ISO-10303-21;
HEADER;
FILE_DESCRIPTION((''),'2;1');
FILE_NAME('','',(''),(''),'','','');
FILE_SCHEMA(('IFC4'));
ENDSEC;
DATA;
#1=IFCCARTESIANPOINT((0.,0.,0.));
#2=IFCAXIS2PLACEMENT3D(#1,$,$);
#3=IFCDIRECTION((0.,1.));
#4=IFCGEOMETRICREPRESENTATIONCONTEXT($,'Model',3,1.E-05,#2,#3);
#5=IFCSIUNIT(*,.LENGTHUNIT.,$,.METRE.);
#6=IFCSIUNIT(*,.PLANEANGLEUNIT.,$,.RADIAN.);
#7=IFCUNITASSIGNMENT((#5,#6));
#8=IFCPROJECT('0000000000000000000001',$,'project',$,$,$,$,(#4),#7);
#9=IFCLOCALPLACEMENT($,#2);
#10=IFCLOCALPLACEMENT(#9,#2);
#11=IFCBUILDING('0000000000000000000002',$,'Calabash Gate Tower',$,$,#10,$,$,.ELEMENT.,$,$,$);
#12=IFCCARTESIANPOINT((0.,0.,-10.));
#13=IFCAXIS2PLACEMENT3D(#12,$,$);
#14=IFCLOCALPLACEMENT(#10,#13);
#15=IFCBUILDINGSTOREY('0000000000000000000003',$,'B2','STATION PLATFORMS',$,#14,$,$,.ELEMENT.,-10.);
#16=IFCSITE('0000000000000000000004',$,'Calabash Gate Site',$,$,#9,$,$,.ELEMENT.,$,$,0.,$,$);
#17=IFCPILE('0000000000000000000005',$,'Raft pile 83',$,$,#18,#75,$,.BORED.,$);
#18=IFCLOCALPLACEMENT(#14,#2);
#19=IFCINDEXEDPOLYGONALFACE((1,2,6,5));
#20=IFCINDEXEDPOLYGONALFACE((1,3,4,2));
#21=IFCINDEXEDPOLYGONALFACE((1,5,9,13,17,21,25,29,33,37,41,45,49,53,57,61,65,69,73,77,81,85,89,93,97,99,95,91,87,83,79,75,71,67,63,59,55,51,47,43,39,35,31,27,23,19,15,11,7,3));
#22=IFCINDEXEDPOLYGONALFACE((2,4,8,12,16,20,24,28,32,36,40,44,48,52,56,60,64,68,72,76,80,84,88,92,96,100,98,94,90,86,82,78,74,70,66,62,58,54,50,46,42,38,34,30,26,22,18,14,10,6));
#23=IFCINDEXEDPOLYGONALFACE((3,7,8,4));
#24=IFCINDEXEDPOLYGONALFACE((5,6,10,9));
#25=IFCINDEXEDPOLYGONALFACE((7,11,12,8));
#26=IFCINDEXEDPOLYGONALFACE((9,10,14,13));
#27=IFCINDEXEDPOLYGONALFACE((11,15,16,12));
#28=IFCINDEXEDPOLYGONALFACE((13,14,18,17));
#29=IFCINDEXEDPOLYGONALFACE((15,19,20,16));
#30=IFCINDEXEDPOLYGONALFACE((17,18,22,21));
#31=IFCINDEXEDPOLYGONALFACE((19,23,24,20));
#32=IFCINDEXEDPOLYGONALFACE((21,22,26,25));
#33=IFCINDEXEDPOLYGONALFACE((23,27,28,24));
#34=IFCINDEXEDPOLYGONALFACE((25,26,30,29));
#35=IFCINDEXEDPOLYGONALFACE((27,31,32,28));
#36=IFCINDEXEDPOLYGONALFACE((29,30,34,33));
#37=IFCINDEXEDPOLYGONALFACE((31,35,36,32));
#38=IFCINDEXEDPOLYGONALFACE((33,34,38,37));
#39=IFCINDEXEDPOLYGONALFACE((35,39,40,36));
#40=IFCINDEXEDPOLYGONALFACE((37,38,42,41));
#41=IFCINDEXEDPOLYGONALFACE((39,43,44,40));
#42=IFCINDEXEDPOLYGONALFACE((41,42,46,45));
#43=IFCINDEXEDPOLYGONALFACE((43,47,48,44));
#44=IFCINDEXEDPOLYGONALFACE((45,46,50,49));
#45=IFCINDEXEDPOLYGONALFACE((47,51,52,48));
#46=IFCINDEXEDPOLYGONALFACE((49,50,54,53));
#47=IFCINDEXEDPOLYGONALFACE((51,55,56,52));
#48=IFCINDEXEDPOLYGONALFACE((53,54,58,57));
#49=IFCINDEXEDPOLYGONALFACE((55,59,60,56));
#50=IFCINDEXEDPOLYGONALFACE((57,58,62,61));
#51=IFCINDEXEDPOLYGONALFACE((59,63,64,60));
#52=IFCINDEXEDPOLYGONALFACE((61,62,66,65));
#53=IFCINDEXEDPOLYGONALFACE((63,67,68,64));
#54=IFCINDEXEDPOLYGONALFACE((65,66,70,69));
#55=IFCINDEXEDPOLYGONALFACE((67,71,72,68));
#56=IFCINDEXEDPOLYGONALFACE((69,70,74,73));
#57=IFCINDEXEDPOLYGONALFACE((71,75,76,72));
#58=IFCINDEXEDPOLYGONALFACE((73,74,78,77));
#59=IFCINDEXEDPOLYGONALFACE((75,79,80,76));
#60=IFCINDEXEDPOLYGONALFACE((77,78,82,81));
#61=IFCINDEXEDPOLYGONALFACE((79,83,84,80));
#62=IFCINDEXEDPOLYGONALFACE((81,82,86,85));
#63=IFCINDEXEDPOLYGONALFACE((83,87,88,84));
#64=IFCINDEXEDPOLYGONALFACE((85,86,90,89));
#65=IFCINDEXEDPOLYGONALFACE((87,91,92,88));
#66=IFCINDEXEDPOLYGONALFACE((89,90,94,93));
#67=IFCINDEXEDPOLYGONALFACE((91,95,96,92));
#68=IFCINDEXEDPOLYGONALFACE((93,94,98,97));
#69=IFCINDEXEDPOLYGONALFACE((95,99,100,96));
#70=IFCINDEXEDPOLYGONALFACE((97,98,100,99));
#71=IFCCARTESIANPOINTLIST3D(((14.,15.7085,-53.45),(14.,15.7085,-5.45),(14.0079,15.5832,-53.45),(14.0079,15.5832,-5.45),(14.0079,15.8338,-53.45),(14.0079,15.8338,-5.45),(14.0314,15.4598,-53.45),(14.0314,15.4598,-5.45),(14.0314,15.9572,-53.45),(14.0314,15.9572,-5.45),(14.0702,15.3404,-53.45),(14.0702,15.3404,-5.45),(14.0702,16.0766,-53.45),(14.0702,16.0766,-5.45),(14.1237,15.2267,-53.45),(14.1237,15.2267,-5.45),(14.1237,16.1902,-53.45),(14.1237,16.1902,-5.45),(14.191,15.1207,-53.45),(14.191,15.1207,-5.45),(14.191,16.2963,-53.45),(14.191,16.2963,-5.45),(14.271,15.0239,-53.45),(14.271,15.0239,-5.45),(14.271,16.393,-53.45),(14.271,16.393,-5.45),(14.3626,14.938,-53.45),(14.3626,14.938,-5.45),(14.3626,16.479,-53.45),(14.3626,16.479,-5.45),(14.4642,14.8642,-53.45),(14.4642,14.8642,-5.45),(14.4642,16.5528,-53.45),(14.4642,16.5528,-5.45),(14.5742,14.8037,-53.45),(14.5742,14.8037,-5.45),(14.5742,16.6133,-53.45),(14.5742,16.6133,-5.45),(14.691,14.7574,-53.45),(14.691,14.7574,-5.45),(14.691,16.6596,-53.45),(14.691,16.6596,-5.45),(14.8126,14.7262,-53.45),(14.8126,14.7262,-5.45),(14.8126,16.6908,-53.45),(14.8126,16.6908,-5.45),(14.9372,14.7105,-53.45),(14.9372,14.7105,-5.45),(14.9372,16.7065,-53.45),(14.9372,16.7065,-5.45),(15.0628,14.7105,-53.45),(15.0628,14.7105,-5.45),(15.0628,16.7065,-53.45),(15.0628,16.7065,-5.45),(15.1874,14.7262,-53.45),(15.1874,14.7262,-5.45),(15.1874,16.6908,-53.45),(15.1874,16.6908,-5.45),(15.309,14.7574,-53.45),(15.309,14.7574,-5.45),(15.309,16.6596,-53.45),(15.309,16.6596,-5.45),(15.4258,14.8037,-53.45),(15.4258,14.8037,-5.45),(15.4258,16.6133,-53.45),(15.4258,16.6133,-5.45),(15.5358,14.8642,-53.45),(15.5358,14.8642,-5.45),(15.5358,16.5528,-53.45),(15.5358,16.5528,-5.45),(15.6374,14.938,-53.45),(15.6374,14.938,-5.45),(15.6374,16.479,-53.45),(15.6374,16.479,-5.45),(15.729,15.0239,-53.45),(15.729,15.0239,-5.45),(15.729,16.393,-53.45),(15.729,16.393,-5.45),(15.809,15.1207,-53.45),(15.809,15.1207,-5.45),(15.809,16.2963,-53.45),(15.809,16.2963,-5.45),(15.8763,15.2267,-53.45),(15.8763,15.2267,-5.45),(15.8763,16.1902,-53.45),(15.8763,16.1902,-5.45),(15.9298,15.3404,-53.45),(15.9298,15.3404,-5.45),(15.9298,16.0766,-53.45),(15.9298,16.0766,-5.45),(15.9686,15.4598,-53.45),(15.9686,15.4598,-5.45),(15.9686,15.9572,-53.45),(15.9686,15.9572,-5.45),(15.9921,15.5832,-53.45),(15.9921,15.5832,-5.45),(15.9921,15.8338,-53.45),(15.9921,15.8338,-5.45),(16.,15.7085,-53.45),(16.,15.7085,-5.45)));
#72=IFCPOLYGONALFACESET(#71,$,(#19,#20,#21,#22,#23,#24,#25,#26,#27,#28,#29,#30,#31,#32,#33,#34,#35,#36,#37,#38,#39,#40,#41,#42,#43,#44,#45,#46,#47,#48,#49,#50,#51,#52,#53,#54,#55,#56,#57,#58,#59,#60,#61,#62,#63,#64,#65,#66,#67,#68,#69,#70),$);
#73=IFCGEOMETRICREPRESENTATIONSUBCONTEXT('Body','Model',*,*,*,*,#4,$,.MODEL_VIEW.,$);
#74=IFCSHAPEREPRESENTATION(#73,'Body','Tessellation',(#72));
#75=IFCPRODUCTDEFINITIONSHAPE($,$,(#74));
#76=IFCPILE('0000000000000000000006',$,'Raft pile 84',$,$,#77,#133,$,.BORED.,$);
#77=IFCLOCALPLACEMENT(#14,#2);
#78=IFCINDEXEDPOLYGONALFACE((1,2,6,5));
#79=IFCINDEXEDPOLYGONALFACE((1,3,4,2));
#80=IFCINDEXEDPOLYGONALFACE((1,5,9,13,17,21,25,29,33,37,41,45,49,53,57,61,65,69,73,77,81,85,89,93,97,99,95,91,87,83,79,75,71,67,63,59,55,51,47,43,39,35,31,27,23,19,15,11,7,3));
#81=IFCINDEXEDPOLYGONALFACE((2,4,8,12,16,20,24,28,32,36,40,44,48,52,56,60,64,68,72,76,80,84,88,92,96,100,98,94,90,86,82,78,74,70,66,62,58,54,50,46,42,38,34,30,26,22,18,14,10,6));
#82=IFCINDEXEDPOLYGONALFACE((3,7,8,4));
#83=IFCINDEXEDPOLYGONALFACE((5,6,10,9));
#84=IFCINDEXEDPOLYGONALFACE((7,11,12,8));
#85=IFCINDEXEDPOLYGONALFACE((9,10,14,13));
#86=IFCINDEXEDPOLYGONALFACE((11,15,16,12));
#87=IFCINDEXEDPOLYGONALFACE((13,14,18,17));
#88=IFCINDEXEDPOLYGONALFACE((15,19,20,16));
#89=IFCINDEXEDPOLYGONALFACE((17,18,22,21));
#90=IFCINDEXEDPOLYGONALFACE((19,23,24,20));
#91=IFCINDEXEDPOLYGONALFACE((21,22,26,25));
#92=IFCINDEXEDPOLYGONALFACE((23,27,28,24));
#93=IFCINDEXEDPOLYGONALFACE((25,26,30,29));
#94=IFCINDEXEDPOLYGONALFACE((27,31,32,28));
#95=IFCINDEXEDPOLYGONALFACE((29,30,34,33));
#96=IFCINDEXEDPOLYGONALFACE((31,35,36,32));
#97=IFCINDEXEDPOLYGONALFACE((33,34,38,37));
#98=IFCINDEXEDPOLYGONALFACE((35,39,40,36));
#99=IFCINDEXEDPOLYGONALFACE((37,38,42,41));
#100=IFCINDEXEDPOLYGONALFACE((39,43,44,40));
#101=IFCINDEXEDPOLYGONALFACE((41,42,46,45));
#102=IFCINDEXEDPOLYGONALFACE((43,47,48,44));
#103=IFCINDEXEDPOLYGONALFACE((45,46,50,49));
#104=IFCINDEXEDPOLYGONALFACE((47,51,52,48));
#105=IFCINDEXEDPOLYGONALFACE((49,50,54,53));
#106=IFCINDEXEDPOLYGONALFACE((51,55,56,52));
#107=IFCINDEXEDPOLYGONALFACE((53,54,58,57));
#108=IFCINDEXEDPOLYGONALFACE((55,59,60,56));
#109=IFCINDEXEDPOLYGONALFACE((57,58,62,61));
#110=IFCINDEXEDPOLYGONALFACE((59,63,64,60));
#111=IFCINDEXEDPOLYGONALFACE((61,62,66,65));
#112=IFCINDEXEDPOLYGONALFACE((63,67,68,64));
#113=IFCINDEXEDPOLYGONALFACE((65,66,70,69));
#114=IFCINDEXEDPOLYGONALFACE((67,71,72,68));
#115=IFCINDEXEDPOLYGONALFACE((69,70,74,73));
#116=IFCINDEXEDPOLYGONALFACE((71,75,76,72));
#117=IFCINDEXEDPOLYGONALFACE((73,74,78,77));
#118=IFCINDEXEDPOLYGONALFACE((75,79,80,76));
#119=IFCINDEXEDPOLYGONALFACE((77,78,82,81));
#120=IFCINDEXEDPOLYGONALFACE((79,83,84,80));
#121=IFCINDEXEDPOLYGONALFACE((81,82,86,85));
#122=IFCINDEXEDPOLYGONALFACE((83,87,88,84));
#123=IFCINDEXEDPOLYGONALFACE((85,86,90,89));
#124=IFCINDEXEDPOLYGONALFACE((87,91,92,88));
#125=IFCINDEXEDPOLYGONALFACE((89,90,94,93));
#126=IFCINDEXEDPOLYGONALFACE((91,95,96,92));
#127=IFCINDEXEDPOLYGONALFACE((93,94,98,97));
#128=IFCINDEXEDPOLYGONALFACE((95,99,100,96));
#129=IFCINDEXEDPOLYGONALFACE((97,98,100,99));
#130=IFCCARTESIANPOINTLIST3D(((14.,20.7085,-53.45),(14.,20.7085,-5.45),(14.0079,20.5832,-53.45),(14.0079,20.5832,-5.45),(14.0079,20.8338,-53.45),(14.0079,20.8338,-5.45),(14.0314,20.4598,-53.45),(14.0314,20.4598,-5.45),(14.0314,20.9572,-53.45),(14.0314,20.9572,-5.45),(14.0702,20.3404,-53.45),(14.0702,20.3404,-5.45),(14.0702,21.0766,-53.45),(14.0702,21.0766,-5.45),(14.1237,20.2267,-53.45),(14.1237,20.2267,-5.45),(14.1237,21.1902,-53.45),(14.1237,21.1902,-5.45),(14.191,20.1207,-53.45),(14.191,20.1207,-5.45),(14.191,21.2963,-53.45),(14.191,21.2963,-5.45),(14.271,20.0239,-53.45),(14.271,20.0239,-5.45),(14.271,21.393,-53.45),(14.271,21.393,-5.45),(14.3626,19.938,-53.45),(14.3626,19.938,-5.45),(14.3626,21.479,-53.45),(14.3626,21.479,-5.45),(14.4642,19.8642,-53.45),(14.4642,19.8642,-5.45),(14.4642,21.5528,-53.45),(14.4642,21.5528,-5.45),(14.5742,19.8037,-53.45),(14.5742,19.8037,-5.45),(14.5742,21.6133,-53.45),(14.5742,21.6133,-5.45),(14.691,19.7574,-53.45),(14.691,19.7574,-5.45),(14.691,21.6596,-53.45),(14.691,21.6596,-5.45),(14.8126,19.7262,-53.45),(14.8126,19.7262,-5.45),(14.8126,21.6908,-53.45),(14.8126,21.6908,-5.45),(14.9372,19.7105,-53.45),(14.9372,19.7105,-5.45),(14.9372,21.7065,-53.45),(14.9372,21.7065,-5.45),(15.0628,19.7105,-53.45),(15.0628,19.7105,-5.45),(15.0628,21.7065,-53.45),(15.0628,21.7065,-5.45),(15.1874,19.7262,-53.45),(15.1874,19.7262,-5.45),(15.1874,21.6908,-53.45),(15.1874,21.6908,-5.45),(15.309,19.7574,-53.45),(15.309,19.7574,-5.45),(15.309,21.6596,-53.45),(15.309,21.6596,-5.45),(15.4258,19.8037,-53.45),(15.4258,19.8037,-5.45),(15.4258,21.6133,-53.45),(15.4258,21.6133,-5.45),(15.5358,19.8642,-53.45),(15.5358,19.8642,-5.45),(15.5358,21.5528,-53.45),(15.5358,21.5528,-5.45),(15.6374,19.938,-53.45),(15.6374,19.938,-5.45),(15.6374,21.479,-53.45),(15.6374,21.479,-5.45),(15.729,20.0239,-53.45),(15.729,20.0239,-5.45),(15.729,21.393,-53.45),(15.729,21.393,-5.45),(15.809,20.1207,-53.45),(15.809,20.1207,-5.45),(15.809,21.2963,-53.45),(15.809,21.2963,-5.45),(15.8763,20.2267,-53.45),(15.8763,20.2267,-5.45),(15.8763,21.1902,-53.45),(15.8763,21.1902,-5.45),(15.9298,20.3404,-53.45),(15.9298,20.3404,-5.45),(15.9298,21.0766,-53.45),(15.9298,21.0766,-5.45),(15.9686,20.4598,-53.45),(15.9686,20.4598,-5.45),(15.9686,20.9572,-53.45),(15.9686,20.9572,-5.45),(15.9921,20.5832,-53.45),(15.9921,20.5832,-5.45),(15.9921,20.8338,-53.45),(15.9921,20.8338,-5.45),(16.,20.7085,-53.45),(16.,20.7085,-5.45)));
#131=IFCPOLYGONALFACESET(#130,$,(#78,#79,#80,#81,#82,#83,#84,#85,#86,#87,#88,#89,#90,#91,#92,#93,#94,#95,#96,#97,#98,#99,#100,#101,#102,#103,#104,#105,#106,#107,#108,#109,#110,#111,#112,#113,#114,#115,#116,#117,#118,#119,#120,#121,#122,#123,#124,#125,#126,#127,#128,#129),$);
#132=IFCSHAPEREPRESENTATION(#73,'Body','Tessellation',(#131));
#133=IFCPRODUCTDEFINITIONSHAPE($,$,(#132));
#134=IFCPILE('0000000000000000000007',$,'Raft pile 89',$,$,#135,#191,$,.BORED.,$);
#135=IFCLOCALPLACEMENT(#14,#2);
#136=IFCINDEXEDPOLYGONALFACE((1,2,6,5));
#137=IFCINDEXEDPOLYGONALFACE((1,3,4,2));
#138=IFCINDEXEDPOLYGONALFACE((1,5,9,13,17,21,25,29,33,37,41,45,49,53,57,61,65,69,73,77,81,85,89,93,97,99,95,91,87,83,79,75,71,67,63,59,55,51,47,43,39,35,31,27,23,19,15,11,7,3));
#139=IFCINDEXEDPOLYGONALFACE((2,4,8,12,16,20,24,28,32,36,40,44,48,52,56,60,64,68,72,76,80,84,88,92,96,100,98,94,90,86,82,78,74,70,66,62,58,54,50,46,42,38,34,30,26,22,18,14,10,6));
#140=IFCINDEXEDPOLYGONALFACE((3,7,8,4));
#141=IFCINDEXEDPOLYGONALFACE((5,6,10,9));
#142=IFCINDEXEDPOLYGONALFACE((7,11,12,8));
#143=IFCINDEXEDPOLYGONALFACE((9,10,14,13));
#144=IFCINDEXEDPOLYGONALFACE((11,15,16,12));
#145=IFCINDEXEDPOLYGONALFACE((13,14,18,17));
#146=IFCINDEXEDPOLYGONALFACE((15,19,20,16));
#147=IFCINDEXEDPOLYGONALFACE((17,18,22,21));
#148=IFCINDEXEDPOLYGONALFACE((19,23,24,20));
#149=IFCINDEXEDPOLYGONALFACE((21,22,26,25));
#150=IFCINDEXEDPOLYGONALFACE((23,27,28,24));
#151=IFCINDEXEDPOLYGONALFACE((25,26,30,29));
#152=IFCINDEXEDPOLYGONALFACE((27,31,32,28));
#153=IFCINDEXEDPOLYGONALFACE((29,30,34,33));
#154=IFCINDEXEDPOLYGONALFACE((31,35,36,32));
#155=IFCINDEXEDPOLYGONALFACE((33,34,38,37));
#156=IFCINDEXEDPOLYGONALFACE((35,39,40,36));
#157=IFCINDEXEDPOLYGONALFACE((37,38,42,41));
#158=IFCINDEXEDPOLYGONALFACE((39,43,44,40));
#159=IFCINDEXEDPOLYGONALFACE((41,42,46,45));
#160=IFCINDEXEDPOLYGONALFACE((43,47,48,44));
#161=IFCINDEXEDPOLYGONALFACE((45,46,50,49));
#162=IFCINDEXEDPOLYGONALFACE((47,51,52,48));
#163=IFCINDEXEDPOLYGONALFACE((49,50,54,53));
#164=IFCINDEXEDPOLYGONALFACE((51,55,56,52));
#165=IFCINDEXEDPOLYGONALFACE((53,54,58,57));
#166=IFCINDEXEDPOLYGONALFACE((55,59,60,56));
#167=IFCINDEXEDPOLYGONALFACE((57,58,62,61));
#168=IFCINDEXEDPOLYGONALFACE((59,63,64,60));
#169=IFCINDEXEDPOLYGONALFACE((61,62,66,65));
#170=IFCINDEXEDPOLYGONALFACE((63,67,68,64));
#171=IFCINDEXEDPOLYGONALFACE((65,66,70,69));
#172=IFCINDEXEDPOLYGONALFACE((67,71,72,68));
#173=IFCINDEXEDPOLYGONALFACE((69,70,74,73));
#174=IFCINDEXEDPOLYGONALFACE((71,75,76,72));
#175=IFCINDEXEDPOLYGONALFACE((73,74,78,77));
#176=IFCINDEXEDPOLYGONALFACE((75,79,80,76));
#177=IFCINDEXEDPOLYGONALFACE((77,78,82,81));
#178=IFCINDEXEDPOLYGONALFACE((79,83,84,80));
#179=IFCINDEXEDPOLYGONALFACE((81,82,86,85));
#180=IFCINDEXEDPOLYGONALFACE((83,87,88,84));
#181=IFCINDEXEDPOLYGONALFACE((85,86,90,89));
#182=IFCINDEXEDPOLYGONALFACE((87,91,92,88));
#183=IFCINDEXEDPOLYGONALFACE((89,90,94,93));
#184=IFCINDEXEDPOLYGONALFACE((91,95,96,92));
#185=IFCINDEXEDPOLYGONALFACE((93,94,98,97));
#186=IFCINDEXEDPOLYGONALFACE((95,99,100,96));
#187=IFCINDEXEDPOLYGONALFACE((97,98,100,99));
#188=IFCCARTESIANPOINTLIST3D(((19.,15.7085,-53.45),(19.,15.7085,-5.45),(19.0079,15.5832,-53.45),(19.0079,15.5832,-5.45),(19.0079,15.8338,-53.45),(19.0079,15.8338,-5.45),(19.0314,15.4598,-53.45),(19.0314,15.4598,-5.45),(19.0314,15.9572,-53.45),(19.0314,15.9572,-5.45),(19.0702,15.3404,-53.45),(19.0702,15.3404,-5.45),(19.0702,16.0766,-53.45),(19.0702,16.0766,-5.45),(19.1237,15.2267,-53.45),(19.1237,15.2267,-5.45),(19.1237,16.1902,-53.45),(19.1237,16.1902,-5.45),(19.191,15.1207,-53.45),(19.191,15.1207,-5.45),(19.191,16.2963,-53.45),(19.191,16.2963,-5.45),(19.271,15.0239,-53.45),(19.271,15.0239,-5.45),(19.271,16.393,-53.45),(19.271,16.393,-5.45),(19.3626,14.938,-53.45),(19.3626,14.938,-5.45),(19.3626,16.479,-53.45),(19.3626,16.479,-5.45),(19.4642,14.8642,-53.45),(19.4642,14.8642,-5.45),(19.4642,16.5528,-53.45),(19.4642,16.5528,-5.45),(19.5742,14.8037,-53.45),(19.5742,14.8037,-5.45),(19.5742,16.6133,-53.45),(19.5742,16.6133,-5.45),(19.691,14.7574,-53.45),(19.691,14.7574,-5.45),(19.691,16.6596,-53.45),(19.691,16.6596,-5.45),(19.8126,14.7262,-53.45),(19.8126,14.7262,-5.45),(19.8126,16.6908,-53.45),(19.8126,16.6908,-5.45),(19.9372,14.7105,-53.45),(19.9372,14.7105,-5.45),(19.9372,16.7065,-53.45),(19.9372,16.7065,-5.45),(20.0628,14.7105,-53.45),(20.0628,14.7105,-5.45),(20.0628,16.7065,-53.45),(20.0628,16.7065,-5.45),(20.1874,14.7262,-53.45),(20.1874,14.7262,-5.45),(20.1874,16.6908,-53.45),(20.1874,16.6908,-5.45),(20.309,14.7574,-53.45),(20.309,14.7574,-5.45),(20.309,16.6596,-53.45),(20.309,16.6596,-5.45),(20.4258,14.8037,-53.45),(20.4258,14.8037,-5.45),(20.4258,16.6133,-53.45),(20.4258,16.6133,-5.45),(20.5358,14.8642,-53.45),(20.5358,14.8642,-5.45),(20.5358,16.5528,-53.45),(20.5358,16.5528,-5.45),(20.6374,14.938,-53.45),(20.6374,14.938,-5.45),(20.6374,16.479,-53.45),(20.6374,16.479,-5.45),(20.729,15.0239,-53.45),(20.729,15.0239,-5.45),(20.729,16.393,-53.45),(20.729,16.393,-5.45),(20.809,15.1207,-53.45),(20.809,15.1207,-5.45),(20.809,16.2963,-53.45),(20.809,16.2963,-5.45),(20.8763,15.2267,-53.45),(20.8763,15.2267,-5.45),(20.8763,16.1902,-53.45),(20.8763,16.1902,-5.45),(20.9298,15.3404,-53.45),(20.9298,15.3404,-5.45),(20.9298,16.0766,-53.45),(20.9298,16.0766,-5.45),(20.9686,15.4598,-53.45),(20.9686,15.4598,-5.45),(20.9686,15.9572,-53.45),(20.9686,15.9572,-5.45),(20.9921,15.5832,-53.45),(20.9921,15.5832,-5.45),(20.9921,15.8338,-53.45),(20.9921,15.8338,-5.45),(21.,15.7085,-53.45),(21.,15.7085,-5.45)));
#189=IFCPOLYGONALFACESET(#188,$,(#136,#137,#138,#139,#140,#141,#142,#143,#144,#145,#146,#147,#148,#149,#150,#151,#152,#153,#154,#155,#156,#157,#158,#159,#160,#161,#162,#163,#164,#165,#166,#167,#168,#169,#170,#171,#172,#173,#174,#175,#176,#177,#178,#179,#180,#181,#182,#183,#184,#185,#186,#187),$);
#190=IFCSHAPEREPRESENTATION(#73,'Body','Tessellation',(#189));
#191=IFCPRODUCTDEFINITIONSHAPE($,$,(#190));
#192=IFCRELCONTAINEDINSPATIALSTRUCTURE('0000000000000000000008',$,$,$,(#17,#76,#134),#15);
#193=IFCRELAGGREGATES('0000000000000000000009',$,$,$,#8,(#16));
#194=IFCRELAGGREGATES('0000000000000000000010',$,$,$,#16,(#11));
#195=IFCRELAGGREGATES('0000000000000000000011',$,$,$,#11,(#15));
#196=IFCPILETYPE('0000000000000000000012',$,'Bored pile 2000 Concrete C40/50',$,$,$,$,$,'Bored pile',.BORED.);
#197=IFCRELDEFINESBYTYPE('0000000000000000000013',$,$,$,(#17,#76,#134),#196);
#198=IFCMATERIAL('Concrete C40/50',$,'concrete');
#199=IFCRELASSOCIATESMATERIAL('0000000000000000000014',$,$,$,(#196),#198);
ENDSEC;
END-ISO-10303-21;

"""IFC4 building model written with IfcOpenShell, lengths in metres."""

from ifc_helpers import new_model, si_unit, direction, frame, origin, origin_2d, place, context, subcontext, project, spatial, circle, extrude, material, material_profile, profile_set, type_object, element, save


model = new_model("IFC4")

# Units and contexts
model_context = context("Model", 3, precision=1e-05, world=origin(), true_north=direction((0.0, 1.0)))
body_context = subcontext(model_context, "Body", "Model", "MODEL_VIEW")
ifc_project = project(units=[si_unit("LENGTHUNIT", "METRE"), si_unit("PLANEANGLEUNIT", "RADIAN")], contexts=[model_context])

# Site, building, storey
site_placement = place(None, origin())
site = spatial("IfcSite", under=ifc_project, at=site_placement, Name="Calabash Gate Site", CompositionType="ELEMENT", RefElevation=0.0)
building_placement = place(site_placement, origin())
building = spatial("IfcBuilding", under=site, at=building_placement, Name="Calabash Gate Tower", CompositionType="ELEMENT")
storey_placement = place(building_placement, frame((0.0, 0.0, -10.0)))
storey = spatial("IfcBuildingStorey", under=building, at=storey_placement, Name="B2", Description="STATION PLATFORMS", CompositionType="ELEMENT", Elevation=-10.0)

# Piles
ifc_material_1 = material(Name="Concrete C40/50", Category="concrete")
ifc_material_profile_1 = material_profile(ifc_material_1, circle(Radius=1.0, at=origin_2d()))
ifc_profile_set_1 = profile_set([ifc_material_profile_1], Name="Concrete C40/50")
pile_type = type_object("IfcPileType", Name="Bored pile 2000 Concrete C40/50", ElementType="Bored pile", PredefinedType="BORED", material=ifc_profile_set_1)
for number, where, z_axis, x_axis, name in (
    (1, (15.0, 15.7085, -5.45), (0.0, 0.0, -1.0), (1.0, 0.0, 0.0), "Raft pile 83"),
    (2, (15.0, 20.7085, -5.45), (0.0, 0.0, -1.0), (1.0, 0.0, 0.0), "Raft pile 84"),
    (3, (20.0, 15.7085, -5.45), (0.0, 0.0, -1.0), (1.0, 0.0, 0.0), "Raft pile 89"),
):
    element("IfcPile", number, at=place(storey_placement, frame(where, z_axis=z_axis, x_axis=x_axis)), inside=storey, type_object=pile_type, Name=name, PredefinedType="BORED", context=body_context, shape_type="SweptSolid", body=[
        extrude(circle(Radius=1.0, at=origin_2d()), origin(), (0.0, 0.0, 1.0), 48.0),
    ])

save(model, "model.ifc")
